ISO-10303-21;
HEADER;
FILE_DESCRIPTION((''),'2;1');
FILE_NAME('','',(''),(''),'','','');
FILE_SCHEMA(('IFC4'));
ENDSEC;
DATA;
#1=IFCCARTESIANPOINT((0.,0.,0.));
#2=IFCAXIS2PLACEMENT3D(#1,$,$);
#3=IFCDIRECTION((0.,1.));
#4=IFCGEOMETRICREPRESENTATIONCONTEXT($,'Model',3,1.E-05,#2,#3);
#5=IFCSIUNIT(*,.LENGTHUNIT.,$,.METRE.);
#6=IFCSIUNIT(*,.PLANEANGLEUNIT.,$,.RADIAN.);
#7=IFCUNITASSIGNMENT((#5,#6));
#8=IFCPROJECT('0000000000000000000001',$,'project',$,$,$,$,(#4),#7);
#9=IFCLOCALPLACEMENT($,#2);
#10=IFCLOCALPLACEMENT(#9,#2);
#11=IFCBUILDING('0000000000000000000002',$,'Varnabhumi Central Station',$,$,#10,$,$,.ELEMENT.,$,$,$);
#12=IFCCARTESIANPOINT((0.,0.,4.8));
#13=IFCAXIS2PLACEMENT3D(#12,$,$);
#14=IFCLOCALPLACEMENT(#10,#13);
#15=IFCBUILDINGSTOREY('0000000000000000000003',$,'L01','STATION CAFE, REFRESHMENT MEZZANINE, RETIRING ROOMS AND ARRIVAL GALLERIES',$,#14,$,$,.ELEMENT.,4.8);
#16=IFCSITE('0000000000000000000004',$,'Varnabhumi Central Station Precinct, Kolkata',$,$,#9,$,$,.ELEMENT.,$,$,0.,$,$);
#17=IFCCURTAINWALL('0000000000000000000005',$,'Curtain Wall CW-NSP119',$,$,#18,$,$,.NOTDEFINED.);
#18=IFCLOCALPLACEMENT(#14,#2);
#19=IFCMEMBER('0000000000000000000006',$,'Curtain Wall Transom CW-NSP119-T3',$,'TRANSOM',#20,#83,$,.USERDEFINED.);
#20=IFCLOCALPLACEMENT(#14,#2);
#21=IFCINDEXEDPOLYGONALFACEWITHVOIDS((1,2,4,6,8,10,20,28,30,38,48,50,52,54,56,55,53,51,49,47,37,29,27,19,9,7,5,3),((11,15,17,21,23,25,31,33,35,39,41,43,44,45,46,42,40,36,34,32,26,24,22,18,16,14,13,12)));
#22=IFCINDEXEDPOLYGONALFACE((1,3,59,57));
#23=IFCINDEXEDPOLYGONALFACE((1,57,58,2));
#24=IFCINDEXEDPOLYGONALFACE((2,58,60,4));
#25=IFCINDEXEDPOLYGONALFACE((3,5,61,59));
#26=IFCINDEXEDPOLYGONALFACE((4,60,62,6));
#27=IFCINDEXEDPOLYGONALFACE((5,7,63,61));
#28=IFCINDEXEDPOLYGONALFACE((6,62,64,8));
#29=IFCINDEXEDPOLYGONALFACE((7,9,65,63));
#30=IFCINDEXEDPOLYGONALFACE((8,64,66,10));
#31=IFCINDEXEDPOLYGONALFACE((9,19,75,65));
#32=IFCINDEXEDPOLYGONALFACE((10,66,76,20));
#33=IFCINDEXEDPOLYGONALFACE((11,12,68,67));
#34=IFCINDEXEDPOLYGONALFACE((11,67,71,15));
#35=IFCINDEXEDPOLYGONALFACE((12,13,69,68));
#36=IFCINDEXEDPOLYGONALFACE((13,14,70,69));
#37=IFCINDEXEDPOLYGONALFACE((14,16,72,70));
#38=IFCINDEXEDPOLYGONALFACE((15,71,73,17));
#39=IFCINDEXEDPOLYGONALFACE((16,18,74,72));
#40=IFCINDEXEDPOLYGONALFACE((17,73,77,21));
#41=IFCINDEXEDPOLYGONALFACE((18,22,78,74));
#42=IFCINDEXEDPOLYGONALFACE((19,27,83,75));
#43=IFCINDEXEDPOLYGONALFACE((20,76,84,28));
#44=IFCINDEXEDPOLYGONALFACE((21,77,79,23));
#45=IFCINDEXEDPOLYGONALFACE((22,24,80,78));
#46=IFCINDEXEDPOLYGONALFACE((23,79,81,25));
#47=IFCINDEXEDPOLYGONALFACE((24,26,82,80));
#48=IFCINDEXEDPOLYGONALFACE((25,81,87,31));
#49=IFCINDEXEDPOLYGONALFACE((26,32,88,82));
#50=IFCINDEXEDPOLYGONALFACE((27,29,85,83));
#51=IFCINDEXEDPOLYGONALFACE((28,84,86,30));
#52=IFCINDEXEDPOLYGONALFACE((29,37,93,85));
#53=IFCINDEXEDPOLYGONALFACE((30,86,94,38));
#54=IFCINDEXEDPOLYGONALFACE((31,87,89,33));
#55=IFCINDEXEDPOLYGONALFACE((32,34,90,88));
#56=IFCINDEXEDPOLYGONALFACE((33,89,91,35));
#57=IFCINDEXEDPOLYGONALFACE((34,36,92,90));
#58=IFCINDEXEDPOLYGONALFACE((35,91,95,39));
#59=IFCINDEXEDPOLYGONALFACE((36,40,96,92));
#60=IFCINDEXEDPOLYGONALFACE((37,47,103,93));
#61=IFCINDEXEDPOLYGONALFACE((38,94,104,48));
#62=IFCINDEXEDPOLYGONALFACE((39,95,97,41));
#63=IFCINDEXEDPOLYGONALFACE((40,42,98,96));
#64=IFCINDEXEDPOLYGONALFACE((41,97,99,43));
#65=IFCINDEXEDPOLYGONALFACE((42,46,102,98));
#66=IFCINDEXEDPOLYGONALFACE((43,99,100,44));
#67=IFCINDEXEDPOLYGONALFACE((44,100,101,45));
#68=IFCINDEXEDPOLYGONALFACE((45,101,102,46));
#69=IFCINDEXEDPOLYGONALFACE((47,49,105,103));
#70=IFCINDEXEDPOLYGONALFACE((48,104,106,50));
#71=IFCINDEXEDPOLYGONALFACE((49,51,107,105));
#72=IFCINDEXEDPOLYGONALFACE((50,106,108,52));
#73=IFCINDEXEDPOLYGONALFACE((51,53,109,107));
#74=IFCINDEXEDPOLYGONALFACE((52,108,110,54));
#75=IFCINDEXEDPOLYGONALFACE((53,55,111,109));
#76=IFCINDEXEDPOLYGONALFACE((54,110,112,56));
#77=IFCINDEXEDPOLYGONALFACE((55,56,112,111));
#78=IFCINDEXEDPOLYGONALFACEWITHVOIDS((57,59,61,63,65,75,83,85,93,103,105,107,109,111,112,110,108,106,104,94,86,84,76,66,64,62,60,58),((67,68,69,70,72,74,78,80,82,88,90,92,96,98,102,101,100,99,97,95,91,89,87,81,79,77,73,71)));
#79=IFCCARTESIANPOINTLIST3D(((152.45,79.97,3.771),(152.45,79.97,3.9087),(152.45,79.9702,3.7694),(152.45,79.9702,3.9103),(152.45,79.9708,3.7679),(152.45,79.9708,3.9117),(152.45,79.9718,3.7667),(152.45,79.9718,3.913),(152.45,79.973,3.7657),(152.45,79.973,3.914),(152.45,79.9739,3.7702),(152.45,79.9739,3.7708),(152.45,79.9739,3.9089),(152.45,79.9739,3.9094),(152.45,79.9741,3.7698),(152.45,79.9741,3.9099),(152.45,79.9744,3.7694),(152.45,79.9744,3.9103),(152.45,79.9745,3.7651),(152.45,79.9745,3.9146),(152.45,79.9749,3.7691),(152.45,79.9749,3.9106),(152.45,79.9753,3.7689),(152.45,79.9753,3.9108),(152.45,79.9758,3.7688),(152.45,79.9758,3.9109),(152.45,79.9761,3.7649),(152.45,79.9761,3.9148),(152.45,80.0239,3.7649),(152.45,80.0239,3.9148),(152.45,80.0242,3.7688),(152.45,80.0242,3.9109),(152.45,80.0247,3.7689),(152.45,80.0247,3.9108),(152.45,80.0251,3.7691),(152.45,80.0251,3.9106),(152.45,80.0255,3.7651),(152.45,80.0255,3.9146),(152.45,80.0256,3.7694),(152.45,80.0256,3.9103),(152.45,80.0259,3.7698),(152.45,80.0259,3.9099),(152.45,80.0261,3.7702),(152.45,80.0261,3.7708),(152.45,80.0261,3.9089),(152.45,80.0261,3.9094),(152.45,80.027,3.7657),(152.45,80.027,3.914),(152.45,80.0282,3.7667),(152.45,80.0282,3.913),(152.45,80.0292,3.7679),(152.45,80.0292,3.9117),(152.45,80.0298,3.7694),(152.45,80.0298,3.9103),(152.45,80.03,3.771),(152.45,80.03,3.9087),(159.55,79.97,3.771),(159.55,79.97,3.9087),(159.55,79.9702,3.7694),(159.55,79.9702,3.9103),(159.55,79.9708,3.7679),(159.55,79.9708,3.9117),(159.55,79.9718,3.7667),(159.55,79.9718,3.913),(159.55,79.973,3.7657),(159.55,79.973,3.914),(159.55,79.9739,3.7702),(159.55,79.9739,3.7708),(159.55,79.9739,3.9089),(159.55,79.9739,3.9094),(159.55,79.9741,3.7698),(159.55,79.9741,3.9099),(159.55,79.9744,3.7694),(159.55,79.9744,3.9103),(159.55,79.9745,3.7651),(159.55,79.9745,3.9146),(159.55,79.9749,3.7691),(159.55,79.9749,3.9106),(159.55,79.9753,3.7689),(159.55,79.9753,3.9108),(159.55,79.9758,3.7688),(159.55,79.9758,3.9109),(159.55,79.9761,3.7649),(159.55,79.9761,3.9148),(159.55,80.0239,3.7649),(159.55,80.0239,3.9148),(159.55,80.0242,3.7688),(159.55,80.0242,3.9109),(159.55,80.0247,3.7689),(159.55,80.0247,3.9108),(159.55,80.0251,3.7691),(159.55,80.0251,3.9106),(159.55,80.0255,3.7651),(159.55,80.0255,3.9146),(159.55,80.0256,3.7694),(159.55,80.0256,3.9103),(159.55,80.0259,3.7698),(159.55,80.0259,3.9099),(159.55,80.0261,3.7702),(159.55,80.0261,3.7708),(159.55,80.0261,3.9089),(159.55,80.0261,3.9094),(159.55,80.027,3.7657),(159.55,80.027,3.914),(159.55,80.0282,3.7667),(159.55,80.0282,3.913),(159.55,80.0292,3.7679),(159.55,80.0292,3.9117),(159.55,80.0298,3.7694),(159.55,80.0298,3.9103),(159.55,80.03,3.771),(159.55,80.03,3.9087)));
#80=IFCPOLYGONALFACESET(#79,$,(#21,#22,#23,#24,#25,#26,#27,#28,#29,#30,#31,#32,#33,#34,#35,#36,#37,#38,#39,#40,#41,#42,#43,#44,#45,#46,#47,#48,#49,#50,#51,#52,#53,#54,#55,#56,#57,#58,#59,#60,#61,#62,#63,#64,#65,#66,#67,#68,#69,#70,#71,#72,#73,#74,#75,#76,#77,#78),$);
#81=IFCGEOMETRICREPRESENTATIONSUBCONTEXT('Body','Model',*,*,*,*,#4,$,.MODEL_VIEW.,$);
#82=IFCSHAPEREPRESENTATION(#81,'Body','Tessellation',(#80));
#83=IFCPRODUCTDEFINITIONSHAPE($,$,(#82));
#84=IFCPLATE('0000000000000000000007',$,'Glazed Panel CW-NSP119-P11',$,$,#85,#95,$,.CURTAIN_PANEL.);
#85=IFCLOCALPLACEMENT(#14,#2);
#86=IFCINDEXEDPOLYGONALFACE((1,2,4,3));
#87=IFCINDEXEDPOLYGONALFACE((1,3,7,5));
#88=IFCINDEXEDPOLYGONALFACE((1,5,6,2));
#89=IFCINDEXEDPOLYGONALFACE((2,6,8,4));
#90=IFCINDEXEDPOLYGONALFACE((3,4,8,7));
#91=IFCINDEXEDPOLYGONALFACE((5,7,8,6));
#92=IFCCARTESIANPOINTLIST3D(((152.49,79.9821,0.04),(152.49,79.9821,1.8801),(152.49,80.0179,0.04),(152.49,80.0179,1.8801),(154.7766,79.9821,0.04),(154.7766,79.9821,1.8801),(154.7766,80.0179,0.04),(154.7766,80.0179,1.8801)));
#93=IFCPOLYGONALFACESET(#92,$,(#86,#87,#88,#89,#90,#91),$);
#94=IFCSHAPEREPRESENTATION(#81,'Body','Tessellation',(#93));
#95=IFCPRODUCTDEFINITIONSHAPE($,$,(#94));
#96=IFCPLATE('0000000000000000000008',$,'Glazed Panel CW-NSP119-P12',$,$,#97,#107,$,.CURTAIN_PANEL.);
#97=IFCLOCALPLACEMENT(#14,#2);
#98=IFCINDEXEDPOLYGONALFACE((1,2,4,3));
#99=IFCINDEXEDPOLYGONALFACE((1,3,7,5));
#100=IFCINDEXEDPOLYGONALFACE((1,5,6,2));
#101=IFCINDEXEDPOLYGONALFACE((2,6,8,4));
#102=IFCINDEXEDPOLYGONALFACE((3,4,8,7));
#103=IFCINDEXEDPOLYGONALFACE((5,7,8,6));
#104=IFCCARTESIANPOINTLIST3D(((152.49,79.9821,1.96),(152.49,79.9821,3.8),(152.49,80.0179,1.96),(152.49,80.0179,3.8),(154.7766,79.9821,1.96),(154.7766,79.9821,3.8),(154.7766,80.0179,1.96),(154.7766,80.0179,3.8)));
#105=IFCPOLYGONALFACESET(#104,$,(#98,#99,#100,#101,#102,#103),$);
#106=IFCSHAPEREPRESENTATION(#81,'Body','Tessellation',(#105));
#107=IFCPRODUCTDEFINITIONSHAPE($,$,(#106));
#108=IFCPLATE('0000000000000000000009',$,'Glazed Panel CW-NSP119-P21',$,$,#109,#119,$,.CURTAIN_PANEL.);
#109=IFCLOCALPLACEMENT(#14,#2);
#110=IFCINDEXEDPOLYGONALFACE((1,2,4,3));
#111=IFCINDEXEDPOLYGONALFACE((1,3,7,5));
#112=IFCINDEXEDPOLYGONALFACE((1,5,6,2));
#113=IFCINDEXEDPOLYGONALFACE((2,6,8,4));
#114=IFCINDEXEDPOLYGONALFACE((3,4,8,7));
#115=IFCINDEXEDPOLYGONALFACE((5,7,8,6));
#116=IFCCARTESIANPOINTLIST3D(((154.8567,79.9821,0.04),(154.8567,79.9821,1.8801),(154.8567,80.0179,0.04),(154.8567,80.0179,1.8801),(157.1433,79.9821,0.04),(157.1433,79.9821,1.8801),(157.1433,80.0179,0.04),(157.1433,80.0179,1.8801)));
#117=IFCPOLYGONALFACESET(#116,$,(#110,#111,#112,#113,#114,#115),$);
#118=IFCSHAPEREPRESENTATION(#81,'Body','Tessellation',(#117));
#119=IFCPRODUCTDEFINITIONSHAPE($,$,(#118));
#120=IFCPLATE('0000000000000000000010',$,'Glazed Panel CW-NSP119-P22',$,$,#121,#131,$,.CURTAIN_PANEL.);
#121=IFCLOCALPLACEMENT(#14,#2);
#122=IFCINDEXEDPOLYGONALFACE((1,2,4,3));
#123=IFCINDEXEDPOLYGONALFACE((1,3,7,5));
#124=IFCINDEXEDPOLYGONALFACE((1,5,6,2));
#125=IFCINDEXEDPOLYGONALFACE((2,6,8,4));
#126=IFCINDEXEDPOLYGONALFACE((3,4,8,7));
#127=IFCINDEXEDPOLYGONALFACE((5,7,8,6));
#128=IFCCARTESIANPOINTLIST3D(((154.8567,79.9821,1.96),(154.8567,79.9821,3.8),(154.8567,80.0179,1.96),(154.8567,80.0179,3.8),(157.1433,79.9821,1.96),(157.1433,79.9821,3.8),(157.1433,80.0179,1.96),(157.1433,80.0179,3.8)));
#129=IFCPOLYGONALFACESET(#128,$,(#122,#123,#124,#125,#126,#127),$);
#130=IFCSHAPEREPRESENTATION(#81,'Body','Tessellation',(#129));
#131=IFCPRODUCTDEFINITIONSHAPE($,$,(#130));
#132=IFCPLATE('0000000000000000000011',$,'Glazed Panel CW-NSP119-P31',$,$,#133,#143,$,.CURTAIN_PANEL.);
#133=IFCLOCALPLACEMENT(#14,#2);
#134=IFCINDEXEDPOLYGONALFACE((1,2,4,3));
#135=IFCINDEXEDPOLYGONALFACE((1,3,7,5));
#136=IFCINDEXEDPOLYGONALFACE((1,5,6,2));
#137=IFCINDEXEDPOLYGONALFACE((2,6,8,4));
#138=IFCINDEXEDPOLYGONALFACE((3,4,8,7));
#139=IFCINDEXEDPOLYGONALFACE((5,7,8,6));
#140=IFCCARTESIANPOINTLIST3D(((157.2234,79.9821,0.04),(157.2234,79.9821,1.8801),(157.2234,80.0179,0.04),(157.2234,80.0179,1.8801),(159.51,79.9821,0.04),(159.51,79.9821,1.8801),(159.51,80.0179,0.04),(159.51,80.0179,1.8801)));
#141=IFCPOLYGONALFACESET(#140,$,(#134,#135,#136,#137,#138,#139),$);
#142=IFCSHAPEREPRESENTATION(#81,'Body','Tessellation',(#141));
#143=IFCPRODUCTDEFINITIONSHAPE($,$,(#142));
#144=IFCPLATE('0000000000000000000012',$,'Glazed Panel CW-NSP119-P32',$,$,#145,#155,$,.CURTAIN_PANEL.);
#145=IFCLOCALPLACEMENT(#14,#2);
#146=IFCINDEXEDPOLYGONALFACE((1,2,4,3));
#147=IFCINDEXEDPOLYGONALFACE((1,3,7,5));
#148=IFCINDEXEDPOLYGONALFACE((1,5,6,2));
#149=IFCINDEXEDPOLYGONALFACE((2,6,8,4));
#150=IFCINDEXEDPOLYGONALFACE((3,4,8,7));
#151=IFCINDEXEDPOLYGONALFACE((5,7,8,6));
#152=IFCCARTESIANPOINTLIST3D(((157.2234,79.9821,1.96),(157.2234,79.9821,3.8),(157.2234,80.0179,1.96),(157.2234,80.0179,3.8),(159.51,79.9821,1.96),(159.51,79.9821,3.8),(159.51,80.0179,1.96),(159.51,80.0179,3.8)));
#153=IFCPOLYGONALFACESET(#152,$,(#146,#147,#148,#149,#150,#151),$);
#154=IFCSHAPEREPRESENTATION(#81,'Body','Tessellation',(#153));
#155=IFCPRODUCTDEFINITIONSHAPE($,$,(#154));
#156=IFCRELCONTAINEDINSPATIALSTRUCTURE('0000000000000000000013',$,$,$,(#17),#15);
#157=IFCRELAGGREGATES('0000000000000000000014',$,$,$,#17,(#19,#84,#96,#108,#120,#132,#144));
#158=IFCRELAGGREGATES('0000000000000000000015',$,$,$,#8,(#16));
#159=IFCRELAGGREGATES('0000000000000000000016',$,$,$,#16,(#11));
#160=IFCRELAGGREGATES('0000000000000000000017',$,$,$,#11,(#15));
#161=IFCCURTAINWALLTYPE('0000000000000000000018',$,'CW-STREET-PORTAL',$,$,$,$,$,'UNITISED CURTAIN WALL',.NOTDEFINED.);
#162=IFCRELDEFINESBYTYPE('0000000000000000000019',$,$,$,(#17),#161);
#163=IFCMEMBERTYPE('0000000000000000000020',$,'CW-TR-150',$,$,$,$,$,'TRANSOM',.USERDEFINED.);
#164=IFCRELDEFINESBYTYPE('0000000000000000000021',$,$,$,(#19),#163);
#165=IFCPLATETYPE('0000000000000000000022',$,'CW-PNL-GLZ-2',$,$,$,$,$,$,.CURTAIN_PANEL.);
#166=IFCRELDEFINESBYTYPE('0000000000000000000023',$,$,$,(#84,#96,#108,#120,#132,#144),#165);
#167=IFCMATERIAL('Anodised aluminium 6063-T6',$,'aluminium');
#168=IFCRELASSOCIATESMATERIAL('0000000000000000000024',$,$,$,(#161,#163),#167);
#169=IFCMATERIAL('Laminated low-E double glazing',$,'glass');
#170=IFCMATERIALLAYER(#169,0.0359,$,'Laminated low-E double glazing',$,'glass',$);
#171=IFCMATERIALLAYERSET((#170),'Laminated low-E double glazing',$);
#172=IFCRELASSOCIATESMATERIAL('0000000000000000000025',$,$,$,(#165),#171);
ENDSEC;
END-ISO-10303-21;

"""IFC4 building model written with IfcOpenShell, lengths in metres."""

from ifc_helpers import new_model, si_unit, direction, frame, origin, origin_2d, place, context, subcontext, project, spatial, rectangle, hollow_rectangle, extrude, material, layer, layer_set, material_profile, profile_set, type_object, element, aggregate, save


model = new_model("IFC4")

# Units and contexts
model_context = context("Model", 3, precision=1e-05, world=origin(), true_north=direction((0.0, 1.0)))
body_context = subcontext(model_context, "Body", "Model", "MODEL_VIEW")
ifc_project = project(units=[si_unit("LENGTHUNIT", "METRE"), si_unit("PLANEANGLEUNIT", "RADIAN")], contexts=[model_context])

# Site, building, storey
site_placement = place(None, origin())
site = spatial("IfcSite", under=ifc_project, at=site_placement, Name="Varnabhumi Central Station Precinct, Kolkata", CompositionType="ELEMENT", RefElevation=0.0)
building_placement = place(site_placement, origin())
building = spatial("IfcBuilding", under=site, at=building_placement, Name="Varnabhumi Central Station", CompositionType="ELEMENT")
storey_placement = place(building_placement, frame((0.0, 0.0, 4.8)))
storey = spatial("IfcBuildingStorey", under=building, at=storey_placement, Name="L01", Description="STATION CAFE, REFRESHMENT MEZZANINE, RETIRING ROOMS AND ARRIVAL GALLERIES", CompositionType="ELEMENT", Elevation=4.8)

# Curtain wall, member, plates
ifc_material_1 = material(Name="Anodised aluminium 6063-T6", Category="aluminium")
curtain_wall_type = type_object("IfcCurtainWallType", Name="CW-STREET-PORTAL", ElementType="UNITISED CURTAIN WALL", PredefinedType="NOTDEFINED", material=ifc_material_1)
curtain_wall_placement = place(storey_placement, origin())
curtain_wall = element("IfcCurtainWall", 1, at=curtain_wall_placement, inside=storey, type_object=curtain_wall_type, Name="Curtain Wall CW-NSP119", PredefinedType="NOTDEFINED")
ifc_material_profile_1 = material_profile(ifc_material_1, hollow_rectangle(XDim=0.0601, YDim=0.1499, WallThickness=0.0039, InnerFilletRadius=0.002, OuterFilletRadius=0.0061, at=origin_2d()), Name="Anodised aluminium 6063-T6", Category="aluminium")
ifc_profile_set_1 = profile_set([ifc_material_profile_1], Name="Anodised aluminium 6063-T6")
member_type_1 = type_object("IfcMemberType", Name="CW-TR-150", ElementType="TRANSOM", PredefinedType="USERDEFINED", material=ifc_profile_set_1)
member_1_placement = place(storey_placement, frame((152.45, 80.0, 3.8398), z_axis=(1.0, 0.0, 0.0), x_axis=(0.0, 1.0, 0.0)))
member_1 = element("IfcMember", 2, at=member_1_placement, type_object=member_type_1, Name="Curtain Wall Transom CW-NSP119-T3", ObjectType="TRANSOM", PredefinedType="USERDEFINED", context=body_context, shape_type="SweptSolid", body=[
    extrude(hollow_rectangle(XDim=0.0601, YDim=0.1499, WallThickness=0.0039, InnerFilletRadius=0.002, OuterFilletRadius=0.0061, at=origin_2d()), origin(), (0.0, 0.0, 1.0), 7.1001),
])
ifc_material_2 = material(Name="Laminated low-E double glazing", Category="glass")
ifc_layer = layer(ifc_material_2, 0.0359, Name="Laminated low-E double glazing", Category="glass")
ifc_layer_set = layer_set([ifc_layer], Name="Laminated low-E double glazing")
plate_type = type_object("IfcPlateType", Name="CW-PNL-GLZ-2", PredefinedType="CURTAIN_PANEL", material=ifc_layer_set)
plate_1_placement = place(storey_placement, frame((153.6333, 80.0, 0.04), z_axis=(0.0, 0.0, 1.0), x_axis=(1.0, 0.0, 0.0)))
plate_1 = element("IfcPlate", 3, at=plate_1_placement, type_object=plate_type, Name="Glazed Panel CW-NSP119-P11", PredefinedType="CURTAIN_PANEL", context=body_context, shape_type="SweptSolid", body=[
    extrude(rectangle(XDim=2.2866, YDim=0.0359, at=origin_2d()), origin(), (0.0, 0.0, 1.0), 1.8401),
])
plate_2_placement = place(storey_placement, frame((153.6333, 80.0, 1.96), z_axis=(0.0, 0.0, 1.0), x_axis=(1.0, 0.0, 0.0)))
plate_2 = element("IfcPlate", 4, at=plate_2_placement, type_object=plate_type, Name="Glazed Panel CW-NSP119-P12", PredefinedType="CURTAIN_PANEL", context=body_context, shape_type="SweptSolid", body=[
    extrude(rectangle(XDim=2.2866, YDim=0.0359, at=origin_2d()), origin(), (0.0, 0.0, 1.0), 1.8401),
])
plate_3_placement = place(storey_placement, frame((156.0, 80.0, 0.04), z_axis=(0.0, 0.0, 1.0), x_axis=(1.0, 0.0, 0.0)))
plate_3 = element("IfcPlate", 5, at=plate_3_placement, type_object=plate_type, Name="Glazed Panel CW-NSP119-P21", PredefinedType="CURTAIN_PANEL", context=body_context, shape_type="SweptSolid", body=[
    extrude(rectangle(XDim=2.2866, YDim=0.0359, at=origin_2d()), origin(), (0.0, 0.0, 1.0), 1.8401),
])
plate_4_placement = place(storey_placement, frame((156.0, 80.0, 1.96), z_axis=(0.0, 0.0, 1.0), x_axis=(1.0, 0.0, 0.0)))
plate_4 = element("IfcPlate", 6, at=plate_4_placement, type_object=plate_type, Name="Glazed Panel CW-NSP119-P22", PredefinedType="CURTAIN_PANEL", context=body_context, shape_type="SweptSolid", body=[
    extrude(rectangle(XDim=2.2866, YDim=0.0359, at=origin_2d()), origin(), (0.0, 0.0, 1.0), 1.8401),
])
plate_5_placement = place(storey_placement, frame((158.3667, 80.0, 0.04), z_axis=(0.0, 0.0, 1.0), x_axis=(1.0, 0.0, 0.0)))
plate_5 = element("IfcPlate", 7, at=plate_5_placement, type_object=plate_type, Name="Glazed Panel CW-NSP119-P31", PredefinedType="CURTAIN_PANEL", context=body_context, shape_type="SweptSolid", body=[
    extrude(rectangle(XDim=2.2866, YDim=0.0359, at=origin_2d()), origin(), (0.0, 0.0, 1.0), 1.8401),
])
plate_6_placement = place(storey_placement, frame((158.3667, 80.0, 1.96), z_axis=(0.0, 0.0, 1.0), x_axis=(1.0, 0.0, 0.0)))
plate_6 = element("IfcPlate", 8, at=plate_6_placement, type_object=plate_type, Name="Glazed Panel CW-NSP119-P32", PredefinedType="CURTAIN_PANEL", context=body_context, shape_type="SweptSolid", body=[
    extrude(rectangle(XDim=2.2866, YDim=0.0359, at=origin_2d()), origin(), (0.0, 0.0, 1.0), 1.8401),
])
aggregate(curtain_wall, [member_1, plate_1, plate_2, plate_3, plate_4, plate_5, plate_6])

save(model, "model.ifc")
